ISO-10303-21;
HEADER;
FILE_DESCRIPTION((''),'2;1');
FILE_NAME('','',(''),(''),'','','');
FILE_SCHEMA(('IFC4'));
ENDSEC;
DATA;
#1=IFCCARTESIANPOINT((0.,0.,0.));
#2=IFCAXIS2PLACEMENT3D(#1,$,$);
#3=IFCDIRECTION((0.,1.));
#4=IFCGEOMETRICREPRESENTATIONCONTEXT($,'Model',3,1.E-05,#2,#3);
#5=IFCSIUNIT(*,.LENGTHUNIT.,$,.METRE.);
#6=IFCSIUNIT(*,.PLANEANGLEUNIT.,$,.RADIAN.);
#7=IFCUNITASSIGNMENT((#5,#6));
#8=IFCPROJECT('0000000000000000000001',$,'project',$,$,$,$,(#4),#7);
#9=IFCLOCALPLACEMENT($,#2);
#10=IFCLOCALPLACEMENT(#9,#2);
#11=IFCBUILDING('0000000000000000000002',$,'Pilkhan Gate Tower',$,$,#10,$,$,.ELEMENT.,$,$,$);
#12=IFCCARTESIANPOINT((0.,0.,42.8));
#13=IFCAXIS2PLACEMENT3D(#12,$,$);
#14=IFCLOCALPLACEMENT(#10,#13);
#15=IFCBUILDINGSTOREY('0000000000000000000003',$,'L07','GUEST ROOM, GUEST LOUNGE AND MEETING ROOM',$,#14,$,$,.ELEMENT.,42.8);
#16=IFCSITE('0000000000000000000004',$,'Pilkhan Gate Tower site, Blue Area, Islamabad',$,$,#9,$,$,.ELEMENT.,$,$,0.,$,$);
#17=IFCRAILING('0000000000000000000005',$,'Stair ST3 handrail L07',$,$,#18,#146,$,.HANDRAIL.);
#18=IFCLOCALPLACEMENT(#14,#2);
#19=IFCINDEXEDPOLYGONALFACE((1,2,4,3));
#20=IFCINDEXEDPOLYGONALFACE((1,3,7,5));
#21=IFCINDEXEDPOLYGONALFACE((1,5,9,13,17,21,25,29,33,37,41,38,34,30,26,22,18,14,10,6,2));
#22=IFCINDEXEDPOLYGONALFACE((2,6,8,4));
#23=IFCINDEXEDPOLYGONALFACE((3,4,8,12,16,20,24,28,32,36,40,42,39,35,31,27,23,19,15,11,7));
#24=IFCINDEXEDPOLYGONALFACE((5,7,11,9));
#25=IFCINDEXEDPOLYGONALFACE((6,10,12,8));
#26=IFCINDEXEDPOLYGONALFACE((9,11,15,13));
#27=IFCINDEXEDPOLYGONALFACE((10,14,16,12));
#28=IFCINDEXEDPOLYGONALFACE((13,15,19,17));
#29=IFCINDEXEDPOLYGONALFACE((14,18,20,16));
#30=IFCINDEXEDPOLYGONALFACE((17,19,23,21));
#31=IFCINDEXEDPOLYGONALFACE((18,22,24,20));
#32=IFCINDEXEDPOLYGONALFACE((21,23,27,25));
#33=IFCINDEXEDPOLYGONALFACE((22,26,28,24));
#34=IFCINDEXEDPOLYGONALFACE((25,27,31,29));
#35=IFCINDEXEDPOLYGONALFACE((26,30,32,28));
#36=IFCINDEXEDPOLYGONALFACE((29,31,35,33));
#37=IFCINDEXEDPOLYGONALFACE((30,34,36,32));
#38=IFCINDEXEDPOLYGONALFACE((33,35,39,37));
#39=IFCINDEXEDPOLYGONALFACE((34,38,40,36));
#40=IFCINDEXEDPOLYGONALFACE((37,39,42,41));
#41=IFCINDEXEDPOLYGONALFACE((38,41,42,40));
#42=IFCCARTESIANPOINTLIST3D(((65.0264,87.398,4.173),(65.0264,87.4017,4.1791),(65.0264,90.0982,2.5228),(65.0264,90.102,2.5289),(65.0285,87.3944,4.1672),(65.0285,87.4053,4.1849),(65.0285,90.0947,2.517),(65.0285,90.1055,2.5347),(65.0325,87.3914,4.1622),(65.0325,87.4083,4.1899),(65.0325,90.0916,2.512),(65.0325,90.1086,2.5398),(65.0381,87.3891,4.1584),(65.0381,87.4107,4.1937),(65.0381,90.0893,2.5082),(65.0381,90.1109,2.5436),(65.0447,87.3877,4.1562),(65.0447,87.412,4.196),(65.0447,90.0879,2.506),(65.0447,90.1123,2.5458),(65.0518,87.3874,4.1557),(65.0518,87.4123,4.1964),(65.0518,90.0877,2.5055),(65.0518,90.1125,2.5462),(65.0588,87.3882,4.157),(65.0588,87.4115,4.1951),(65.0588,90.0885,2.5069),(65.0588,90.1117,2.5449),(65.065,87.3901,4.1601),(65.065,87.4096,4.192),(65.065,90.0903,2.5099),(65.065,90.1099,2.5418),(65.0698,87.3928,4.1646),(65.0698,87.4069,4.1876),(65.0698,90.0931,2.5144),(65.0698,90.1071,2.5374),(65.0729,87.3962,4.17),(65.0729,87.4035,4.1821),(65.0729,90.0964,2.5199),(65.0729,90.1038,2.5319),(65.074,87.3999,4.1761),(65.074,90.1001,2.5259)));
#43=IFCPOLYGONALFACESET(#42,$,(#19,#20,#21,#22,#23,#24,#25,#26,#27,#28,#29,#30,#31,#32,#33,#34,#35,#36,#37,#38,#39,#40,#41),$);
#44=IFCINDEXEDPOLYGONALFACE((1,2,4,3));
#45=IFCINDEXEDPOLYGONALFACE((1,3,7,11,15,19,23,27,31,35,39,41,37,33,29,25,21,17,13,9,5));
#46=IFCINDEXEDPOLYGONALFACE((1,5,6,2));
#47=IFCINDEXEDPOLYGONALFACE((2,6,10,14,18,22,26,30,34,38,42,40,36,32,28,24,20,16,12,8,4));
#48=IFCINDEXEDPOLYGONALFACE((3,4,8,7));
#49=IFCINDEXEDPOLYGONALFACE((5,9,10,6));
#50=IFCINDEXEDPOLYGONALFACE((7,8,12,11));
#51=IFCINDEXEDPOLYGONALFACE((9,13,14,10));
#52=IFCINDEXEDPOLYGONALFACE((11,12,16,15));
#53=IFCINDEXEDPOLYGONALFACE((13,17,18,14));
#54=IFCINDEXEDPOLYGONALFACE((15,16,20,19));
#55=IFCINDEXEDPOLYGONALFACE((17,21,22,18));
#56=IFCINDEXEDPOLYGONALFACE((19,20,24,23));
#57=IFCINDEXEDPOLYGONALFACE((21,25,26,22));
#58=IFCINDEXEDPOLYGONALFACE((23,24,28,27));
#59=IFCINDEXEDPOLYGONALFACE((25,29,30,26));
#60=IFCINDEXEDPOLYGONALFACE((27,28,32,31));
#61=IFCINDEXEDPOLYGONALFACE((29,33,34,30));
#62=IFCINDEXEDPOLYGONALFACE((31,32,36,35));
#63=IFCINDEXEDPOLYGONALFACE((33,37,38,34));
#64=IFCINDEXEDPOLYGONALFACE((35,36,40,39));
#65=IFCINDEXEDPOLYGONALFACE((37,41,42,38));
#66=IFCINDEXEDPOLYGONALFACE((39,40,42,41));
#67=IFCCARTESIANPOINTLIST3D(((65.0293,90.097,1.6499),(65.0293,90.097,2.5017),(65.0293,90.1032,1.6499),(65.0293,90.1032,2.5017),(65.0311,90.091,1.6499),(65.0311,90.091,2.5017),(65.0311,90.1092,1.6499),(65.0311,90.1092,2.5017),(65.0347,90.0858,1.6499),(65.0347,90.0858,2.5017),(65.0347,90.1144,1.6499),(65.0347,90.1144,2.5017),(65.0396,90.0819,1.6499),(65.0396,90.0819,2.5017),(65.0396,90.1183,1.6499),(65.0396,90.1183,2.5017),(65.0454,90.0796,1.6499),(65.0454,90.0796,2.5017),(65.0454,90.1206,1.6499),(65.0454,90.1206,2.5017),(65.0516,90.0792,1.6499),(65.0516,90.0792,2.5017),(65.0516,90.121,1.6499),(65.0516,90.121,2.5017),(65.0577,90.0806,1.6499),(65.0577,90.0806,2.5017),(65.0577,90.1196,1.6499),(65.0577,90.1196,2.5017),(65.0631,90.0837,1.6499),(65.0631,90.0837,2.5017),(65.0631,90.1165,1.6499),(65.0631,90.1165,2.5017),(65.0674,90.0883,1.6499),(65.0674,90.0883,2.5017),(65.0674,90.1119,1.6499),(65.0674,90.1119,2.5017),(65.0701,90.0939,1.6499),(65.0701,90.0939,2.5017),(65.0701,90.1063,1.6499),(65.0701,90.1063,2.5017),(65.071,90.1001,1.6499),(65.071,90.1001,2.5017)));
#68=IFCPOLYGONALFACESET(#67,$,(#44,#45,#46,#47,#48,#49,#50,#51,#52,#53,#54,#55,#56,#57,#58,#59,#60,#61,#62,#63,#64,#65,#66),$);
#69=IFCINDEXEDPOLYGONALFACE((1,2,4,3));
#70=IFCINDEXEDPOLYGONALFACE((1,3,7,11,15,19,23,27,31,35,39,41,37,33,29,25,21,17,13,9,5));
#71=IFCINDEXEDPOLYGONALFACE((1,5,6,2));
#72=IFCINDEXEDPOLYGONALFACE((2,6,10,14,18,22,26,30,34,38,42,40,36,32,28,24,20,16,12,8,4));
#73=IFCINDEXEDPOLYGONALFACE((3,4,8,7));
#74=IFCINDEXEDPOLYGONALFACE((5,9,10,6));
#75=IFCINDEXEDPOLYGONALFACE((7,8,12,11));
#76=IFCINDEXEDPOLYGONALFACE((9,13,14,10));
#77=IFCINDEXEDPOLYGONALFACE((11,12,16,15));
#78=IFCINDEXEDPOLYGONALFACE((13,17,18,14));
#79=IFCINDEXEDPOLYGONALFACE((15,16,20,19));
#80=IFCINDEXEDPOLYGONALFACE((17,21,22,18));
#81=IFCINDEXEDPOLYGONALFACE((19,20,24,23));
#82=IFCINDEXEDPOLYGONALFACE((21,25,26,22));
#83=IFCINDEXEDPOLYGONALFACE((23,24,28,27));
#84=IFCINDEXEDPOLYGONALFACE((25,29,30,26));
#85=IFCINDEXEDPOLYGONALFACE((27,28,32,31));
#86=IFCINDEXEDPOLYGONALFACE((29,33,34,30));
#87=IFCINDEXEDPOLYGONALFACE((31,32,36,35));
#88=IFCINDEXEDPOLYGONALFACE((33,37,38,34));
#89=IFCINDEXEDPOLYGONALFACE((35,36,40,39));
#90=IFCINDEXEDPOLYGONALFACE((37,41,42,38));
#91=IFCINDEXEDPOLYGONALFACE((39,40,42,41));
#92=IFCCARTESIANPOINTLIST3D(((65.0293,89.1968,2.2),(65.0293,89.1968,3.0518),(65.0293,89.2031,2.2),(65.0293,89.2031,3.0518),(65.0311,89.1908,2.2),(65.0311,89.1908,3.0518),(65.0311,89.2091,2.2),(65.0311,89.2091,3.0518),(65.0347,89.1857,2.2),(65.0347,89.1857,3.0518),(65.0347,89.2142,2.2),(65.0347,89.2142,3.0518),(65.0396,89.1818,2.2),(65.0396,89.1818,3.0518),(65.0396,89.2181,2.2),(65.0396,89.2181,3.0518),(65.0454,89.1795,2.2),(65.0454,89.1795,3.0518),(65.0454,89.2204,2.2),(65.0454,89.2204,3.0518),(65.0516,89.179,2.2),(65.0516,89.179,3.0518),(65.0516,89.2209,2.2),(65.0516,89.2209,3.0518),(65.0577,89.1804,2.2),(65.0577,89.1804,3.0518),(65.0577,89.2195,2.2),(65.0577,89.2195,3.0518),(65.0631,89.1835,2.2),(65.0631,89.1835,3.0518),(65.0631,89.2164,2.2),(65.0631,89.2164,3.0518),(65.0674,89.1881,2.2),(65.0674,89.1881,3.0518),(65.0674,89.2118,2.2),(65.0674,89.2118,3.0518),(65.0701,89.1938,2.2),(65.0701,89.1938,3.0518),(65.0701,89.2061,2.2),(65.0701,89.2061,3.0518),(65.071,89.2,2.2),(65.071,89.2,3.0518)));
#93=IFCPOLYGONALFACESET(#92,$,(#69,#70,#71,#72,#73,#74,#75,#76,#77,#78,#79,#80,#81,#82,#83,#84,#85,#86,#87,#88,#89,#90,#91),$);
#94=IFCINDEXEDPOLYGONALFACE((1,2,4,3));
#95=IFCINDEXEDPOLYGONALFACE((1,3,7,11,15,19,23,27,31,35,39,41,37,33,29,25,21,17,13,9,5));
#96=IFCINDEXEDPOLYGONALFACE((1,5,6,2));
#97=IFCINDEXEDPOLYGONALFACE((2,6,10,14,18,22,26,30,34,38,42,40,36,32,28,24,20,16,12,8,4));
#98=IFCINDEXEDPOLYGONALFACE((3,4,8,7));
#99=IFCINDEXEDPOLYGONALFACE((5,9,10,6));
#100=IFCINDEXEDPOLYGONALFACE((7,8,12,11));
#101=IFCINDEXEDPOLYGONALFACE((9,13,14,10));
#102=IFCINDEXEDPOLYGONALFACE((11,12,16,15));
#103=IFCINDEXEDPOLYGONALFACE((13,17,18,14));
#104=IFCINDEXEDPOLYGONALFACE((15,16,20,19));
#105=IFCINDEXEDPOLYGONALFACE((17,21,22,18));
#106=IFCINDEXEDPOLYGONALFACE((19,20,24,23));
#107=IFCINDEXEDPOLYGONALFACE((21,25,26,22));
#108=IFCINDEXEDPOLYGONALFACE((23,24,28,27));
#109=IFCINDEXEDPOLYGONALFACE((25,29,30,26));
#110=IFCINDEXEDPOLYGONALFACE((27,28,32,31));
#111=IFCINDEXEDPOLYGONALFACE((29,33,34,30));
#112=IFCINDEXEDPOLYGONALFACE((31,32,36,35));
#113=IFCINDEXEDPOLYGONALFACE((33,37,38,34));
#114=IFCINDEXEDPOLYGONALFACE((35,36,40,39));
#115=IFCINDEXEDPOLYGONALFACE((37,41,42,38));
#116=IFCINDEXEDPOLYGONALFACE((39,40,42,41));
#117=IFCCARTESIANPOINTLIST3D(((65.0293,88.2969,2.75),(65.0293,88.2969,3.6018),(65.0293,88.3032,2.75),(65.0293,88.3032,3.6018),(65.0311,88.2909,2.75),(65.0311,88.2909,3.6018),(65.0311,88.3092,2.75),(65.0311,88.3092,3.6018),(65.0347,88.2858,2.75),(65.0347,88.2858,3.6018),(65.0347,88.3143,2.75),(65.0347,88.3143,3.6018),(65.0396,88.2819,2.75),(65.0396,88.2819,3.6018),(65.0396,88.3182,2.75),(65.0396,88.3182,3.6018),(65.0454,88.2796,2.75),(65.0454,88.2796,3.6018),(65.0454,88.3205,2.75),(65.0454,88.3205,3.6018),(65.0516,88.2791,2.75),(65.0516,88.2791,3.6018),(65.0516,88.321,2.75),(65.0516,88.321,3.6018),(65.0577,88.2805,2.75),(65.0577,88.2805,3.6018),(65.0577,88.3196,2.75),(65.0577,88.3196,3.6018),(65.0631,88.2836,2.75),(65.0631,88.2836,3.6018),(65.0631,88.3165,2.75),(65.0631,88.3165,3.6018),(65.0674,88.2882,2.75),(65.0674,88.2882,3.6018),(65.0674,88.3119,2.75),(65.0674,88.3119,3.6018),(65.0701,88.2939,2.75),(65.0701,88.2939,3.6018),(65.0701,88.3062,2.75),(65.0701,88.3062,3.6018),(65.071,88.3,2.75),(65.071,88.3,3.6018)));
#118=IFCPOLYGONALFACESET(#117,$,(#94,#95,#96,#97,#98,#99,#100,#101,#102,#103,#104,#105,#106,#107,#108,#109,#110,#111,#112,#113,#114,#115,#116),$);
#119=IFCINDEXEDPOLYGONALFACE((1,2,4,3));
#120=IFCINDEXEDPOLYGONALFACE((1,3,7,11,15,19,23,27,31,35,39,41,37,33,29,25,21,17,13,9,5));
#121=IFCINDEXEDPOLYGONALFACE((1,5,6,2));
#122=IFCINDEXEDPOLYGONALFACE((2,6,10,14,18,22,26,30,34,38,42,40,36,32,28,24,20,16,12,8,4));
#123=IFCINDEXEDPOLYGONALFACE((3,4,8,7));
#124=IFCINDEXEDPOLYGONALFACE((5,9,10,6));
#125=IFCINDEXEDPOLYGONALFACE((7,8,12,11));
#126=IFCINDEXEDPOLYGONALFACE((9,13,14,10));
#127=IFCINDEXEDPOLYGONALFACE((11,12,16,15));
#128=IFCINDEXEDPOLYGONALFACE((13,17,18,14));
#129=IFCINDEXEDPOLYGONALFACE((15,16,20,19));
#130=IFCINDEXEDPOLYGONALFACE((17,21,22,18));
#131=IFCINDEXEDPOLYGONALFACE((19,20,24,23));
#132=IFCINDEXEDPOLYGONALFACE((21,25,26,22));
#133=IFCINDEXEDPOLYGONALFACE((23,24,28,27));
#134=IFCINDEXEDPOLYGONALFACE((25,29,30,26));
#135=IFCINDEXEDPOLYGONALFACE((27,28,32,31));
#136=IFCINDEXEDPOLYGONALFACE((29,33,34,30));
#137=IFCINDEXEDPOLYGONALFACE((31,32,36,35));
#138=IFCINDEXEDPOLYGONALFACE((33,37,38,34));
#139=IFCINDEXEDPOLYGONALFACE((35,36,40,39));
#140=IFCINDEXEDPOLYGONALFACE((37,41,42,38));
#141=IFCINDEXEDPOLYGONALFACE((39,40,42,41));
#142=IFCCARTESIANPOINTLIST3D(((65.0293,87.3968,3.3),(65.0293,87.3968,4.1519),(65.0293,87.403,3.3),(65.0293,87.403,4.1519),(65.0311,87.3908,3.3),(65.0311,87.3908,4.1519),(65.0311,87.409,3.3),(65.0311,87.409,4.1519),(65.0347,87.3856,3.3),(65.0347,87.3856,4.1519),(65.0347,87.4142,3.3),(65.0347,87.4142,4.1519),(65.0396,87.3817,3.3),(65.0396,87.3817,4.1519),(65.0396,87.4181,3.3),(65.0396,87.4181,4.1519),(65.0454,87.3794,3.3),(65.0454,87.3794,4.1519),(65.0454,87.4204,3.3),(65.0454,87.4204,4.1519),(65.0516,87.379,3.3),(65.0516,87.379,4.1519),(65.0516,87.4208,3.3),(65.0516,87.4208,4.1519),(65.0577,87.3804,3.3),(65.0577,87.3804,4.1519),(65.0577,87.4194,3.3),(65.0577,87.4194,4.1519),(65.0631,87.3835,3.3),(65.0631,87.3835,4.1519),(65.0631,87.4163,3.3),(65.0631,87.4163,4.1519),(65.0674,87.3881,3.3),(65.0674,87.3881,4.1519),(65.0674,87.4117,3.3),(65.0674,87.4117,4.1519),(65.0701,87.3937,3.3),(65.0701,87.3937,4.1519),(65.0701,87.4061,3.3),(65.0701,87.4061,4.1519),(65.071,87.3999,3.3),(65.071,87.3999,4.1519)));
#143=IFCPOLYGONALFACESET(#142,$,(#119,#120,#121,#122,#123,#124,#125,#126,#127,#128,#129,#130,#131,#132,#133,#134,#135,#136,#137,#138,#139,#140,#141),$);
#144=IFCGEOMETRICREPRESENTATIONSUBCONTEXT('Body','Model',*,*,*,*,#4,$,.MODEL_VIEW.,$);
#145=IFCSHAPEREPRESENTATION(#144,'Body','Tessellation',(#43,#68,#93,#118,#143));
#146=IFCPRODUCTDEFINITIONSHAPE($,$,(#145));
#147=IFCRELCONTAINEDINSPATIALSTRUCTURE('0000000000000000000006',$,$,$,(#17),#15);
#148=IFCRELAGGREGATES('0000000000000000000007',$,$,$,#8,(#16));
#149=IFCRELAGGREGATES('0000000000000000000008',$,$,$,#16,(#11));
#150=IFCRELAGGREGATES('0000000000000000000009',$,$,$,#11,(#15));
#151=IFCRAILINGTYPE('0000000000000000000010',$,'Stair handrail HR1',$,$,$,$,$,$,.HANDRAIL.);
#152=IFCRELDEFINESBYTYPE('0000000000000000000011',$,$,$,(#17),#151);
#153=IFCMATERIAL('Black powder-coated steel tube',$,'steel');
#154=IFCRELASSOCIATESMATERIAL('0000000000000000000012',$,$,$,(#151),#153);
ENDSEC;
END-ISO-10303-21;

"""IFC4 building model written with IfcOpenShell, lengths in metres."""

from ifc_helpers import new_model, si_unit, direction, frame, origin, origin_2d, place, context, subcontext, project, spatial, circle, extrude, material, type_object, element, save


model = new_model("IFC4")

# Units and contexts
model_context = context("Model", 3, precision=1e-05, world=origin(), true_north=direction((0.0, 1.0)))
body_context = subcontext(model_context, "Body", "Model", "MODEL_VIEW")
ifc_project = project(units=[si_unit("LENGTHUNIT", "METRE"), si_unit("PLANEANGLEUNIT", "RADIAN")], contexts=[model_context])

# Site, building, storey
site_placement = place(None, origin())
site = spatial("IfcSite", under=ifc_project, at=site_placement, Name="Pilkhan Gate Tower site, Blue Area, Islamabad", CompositionType="ELEMENT", RefElevation=0.0)
building_placement = place(site_placement, origin())
building = spatial("IfcBuilding", under=site, at=building_placement, Name="Pilkhan Gate Tower", CompositionType="ELEMENT")
storey_placement = place(building_placement, frame((0.0, 0.0, 42.8)))
storey = spatial("IfcBuildingStorey", under=building, at=storey_placement, Name="L07", Description="GUEST ROOM, GUEST LOUNGE AND MEETING ROOM", CompositionType="ELEMENT", Elevation=42.8)

# Railing
ifc_material_1 = material(Name="Black powder-coated steel tube", Category="steel")
railing_type_1 = type_object("IfcRailingType", Name="Stair handrail HR1", PredefinedType="HANDRAIL", material=ifc_material_1)
railing_placement = place(storey_placement, frame((65.05, 90.1001, 1.6499)))
element("IfcRailing", 1, at=railing_placement, inside=storey, type_object=railing_type_1, Name="Stair ST3 handrail L07", PredefinedType="HANDRAIL", context=body_context, shape_type="SweptSolid", body=[
    extrude(circle(Radius=0.0239, at=origin_2d()), frame((0.0, 0.0, 0.876), z_axis=(0.0, -0.853278, 0.521456), x_axis=(1.0, 0.0, 0.0)), (0.0, 0.0, 1.0), 3.1646),
    extrude(circle(Radius=0.021, at=origin_2d()), origin(), (0.0, 0.0, 1.0), 0.8518),
    extrude(circle(Radius=0.021, at=origin_2d()), frame((0.0, -0.9001, 0.55)), (0.0, 0.0, 1.0), 0.8518),
    extrude(circle(Radius=0.021, at=origin_2d()), frame((0.0, -1.8, 1.1001)), (0.0, 0.0, 1.0), 0.8518),
    extrude(circle(Radius=0.021, at=origin_2d()), frame((0.0, -2.7002, 1.6501)), (0.0, 0.0, 1.0), 0.8518),
])

save(model, "model.ifc")
